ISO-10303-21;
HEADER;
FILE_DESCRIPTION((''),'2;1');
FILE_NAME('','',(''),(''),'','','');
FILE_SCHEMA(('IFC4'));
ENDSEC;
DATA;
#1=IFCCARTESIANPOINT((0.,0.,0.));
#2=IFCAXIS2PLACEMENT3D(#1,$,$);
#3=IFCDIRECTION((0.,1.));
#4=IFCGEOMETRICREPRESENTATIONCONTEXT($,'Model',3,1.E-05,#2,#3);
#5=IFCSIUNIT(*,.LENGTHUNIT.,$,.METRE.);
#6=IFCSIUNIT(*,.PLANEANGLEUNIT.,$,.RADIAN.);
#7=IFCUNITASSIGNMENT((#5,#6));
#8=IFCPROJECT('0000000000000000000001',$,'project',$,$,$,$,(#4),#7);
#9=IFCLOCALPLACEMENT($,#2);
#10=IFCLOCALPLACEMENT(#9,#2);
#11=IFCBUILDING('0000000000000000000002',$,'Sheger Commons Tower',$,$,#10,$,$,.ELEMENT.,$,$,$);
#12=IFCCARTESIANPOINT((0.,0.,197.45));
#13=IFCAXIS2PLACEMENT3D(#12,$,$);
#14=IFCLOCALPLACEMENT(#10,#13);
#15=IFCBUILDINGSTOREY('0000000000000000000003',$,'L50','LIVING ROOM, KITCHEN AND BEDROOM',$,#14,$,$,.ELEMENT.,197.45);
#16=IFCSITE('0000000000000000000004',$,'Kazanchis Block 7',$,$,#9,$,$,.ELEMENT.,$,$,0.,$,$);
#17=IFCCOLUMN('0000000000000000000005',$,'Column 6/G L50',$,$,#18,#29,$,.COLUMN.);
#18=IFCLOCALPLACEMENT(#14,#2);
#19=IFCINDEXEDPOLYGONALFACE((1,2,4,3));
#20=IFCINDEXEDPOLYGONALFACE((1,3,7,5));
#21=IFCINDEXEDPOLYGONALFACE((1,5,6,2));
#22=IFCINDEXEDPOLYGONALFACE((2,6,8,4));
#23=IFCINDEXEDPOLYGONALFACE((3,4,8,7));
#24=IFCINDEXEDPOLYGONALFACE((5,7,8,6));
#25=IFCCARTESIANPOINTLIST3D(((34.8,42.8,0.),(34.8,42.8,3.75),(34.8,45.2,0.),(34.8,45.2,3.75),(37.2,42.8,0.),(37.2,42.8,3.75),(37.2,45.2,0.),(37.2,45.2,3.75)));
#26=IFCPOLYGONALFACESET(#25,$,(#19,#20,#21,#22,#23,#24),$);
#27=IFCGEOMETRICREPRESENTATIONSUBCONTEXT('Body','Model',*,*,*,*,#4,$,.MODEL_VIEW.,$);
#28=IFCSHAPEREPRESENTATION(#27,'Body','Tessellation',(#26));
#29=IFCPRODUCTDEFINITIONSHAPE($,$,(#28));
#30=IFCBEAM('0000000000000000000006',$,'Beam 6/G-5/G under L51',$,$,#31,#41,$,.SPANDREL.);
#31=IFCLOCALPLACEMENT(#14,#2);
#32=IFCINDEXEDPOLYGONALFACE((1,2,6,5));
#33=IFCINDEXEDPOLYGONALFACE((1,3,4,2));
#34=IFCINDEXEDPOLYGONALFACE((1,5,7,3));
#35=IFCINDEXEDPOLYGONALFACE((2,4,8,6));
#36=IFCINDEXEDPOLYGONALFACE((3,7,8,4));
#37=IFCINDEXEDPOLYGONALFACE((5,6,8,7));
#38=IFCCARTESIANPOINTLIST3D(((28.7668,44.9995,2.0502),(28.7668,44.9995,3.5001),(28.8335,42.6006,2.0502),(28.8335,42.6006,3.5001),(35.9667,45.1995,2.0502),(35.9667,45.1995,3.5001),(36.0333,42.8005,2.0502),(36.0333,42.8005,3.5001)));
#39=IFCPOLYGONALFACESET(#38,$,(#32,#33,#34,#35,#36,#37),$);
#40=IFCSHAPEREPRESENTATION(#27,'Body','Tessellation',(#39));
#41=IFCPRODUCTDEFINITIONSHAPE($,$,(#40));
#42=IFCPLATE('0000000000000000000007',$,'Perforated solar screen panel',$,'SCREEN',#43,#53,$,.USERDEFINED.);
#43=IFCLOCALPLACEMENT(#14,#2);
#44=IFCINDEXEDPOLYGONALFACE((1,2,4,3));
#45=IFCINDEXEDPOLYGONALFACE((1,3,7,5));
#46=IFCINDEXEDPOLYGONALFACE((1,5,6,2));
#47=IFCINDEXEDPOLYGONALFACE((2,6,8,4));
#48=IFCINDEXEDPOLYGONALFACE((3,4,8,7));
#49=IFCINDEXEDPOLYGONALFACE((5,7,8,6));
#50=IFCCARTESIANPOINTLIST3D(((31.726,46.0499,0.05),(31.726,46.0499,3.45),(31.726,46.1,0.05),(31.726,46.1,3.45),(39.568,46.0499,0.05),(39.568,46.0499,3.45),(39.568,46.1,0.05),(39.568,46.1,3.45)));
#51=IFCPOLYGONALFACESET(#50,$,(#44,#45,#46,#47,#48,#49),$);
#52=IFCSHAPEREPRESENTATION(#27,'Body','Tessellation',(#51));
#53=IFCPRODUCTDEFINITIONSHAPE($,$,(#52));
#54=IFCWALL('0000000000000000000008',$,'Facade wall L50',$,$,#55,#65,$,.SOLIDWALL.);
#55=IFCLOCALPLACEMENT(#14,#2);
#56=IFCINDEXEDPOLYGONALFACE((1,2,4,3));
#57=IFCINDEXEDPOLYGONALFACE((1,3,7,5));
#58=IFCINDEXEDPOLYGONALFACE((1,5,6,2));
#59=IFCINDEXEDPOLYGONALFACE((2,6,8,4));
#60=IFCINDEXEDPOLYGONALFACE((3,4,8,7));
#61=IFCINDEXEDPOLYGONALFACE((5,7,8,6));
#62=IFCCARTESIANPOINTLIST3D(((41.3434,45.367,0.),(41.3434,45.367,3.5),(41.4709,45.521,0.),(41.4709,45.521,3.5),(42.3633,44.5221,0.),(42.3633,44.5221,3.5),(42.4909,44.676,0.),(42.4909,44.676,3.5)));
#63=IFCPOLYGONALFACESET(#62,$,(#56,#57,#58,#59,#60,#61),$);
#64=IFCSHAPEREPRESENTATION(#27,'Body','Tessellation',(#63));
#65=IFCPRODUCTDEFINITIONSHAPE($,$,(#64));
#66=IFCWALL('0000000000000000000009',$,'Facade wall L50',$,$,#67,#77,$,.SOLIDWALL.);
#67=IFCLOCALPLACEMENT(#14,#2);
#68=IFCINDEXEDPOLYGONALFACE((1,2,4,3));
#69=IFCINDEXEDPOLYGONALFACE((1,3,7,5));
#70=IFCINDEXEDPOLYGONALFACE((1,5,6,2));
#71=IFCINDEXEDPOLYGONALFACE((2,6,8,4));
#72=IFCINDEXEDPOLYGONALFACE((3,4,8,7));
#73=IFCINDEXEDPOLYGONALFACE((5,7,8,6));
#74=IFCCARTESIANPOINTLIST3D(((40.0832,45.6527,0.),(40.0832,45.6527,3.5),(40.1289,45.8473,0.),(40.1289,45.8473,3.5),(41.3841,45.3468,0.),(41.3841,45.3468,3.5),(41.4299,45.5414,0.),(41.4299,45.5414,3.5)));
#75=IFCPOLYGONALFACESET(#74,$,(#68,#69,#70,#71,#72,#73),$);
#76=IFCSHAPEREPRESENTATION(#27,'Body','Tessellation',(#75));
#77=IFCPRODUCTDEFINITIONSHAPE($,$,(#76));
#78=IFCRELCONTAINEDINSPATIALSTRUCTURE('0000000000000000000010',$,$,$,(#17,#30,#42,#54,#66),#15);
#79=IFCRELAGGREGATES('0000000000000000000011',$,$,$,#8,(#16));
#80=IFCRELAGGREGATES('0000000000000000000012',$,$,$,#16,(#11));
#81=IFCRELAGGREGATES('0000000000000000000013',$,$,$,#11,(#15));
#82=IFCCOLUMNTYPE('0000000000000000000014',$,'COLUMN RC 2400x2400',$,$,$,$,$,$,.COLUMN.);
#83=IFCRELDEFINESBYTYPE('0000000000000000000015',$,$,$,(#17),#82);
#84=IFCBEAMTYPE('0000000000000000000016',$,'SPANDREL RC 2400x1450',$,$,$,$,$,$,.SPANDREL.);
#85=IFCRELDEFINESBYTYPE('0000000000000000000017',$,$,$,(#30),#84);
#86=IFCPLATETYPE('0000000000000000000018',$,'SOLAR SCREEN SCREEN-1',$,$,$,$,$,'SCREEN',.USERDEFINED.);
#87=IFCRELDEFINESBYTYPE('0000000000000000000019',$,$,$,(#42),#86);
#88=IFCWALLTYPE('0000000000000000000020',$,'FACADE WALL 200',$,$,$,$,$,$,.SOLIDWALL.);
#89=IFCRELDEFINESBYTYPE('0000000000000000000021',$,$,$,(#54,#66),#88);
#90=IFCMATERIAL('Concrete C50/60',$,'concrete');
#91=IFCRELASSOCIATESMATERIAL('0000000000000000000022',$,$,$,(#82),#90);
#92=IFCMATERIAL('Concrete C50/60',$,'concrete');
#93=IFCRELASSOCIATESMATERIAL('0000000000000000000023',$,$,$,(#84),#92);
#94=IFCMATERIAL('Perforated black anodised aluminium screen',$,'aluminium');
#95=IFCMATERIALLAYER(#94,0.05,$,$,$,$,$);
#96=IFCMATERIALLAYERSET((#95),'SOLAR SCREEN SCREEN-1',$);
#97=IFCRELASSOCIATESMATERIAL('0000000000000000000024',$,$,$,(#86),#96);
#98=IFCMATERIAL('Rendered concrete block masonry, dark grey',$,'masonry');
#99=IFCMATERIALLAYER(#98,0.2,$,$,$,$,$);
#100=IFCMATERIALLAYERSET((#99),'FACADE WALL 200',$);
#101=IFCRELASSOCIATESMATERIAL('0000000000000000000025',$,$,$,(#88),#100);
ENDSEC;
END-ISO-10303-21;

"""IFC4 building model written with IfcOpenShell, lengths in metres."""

from ifc_helpers import new_model, si_unit, direction, frame, frame_2d, origin, origin_2d, place, context, subcontext, project, spatial, rectangle, extrude, material, layer, layer_set, material_profile, profile_set, type_object, element, save


model = new_model("IFC4")

# Units and contexts
model_context = context("Model", 3, precision=1e-05, world=origin(), true_north=direction((0.0, 1.0)))
body_context = subcontext(model_context, "Body", "Model", "MODEL_VIEW")
ifc_project = project(units=[si_unit("LENGTHUNIT", "METRE"), si_unit("PLANEANGLEUNIT", "RADIAN")], contexts=[model_context])

# Site, building, storey
site_placement = place(None, origin())
site = spatial("IfcSite", under=ifc_project, at=site_placement, Name="Kazanchis Block 7", CompositionType="ELEMENT", RefElevation=0.0)
building_placement = place(site_placement, origin())
building = spatial("IfcBuilding", under=site, at=building_placement, Name="Sheger Commons Tower", CompositionType="ELEMENT")
storey_placement = place(building_placement, frame((0.0, 0.0, 197.45)))
storey = spatial("IfcBuildingStorey", under=building, at=storey_placement, Name="L50", Description="LIVING ROOM, KITCHEN AND BEDROOM", CompositionType="ELEMENT", Elevation=197.45)

# Column
ifc_material_1 = material(Name="Concrete C50/60", Category="concrete")
ifc_material_profile_1 = material_profile(ifc_material_1, rectangle(XDim=2.3999, YDim=2.3999, at=origin_2d()), Name="RC 2400x2400")
ifc_profile_set_1 = profile_set([ifc_material_profile_1], Name="Concrete C50/60")
column_type = type_object("IfcColumnType", Name="COLUMN RC 2400x2400", PredefinedType="COLUMN", material=ifc_profile_set_1)
column_placement = place(storey_placement, frame((36.0, 44.0, 0.0), z_axis=(0.0, 0.0, 1.0), x_axis=(1.0, 0.0, 0.0)))
element("IfcColumn", 1, at=column_placement, inside=storey, type_object=column_type, Name="Column 6/G L50", PredefinedType="COLUMN", context=body_context, shape_type="SweptSolid", body=[
    extrude(rectangle(XDim=2.3999, YDim=2.3999, at=origin_2d()), origin(), (0.0, 0.0, 1.0), 3.75),
])

# Beam
ifc_material_2 = material(Name="Concrete C50/60", Category="concrete")
ifc_material_profile_2 = material_profile(ifc_material_2, rectangle(XDim=2.3999, YDim=1.45, at=origin_2d()), Name="RC 2400x1450")
ifc_profile_set_2 = profile_set([ifc_material_profile_2], Name="Concrete C50/60")
beam_type = type_object("IfcBeamType", Name="SPANDREL RC 2400x1450", PredefinedType="SPANDREL", material=ifc_profile_set_2)
beam_placement = place(storey_placement, frame((36.0, 44.0, 2.7751), z_axis=(-0.999615, -0.02776, 0.0), x_axis=(0.02776, -0.999615, 0.0)))
element("IfcBeam", 2, at=beam_placement, inside=storey, type_object=beam_type, Name="Beam 6/G-5/G under L51", PredefinedType="SPANDREL", context=body_context, shape_type="SweptSolid", body=[
    extrude(rectangle(XDim=2.3999, YDim=1.45, at=origin_2d()), origin(), (0.0, 0.0, 1.0), 7.2026),
])

# Plate
ifc_material_3 = material(Name="Perforated black anodised aluminium screen", Category="aluminium")
ifc_layer_1 = layer(ifc_material_3, 0.05)
ifc_layer_set_1 = layer_set([ifc_layer_1], Name="SOLAR SCREEN SCREEN-1")
plate_type = type_object("IfcPlateType", Name="SOLAR SCREEN SCREEN-1", ElementType="SCREEN", PredefinedType="USERDEFINED", material=ifc_layer_set_1)
plate_placement = place(storey_placement, frame((35.647, 46.075, 0.05), z_axis=(0.0, 0.0, 1.0), x_axis=(-1.0, 0.0, 0.0)))
element("IfcPlate", 3, at=plate_placement, inside=storey, type_object=plate_type, Name="Perforated solar screen panel", ObjectType="SCREEN", PredefinedType="USERDEFINED", context=body_context, shape_type="SweptSolid", body=[
    extrude(rectangle(XDim=7.842, YDim=0.05, at=origin_2d()), origin(), (0.0, 0.0, 1.0), 3.3999),
])

# Walls
ifc_material_4 = material(Name="Rendered concrete block masonry, dark grey", Category="masonry")
ifc_layer_2 = layer(ifc_material_4, 0.2)
ifc_layer_set_2 = layer_set([ifc_layer_2], Name="FACADE WALL 200")
wall_type_1 = type_object("IfcWallType", Name="FACADE WALL 200", PredefinedType="SOLIDWALL", material=ifc_layer_set_2)
wall_1_placement = place(storey_placement, frame((42.427, 44.5991, 0.0), z_axis=(0.0, 0.0, 1.0), x_axis=(-0.770091, 0.637934, 0.0)))
element("IfcWall", 4, at=wall_1_placement, inside=storey, type_object=wall_type_1, Name="Facade wall L50", PredefinedType="SOLIDWALL", context=body_context, shape_type="SweptSolid", body=[
    extrude(rectangle(XDim=1.3245, YDim=0.2, at=frame_2d((0.6621, 0.0))), origin(), (0.0, 0.0, 1.0), 3.5),
])
wall_2_placement = place(storey_placement, frame((41.407, 45.4441, 0.0), z_axis=(0.0, 0.0, 1.0), x_axis=(-0.973453, 0.228887, 0.0)))
element("IfcWall", 5, at=wall_2_placement, inside=storey, type_object=wall_type_1, Name="Facade wall L50", PredefinedType="SOLIDWALL", context=body_context, shape_type="SweptSolid", body=[
    extrude(rectangle(XDim=1.3364, YDim=0.2, at=frame_2d((0.6682, 0.0))), origin(), (0.0, 0.0, 1.0), 3.5),
])

save(model, "model.ifc")
